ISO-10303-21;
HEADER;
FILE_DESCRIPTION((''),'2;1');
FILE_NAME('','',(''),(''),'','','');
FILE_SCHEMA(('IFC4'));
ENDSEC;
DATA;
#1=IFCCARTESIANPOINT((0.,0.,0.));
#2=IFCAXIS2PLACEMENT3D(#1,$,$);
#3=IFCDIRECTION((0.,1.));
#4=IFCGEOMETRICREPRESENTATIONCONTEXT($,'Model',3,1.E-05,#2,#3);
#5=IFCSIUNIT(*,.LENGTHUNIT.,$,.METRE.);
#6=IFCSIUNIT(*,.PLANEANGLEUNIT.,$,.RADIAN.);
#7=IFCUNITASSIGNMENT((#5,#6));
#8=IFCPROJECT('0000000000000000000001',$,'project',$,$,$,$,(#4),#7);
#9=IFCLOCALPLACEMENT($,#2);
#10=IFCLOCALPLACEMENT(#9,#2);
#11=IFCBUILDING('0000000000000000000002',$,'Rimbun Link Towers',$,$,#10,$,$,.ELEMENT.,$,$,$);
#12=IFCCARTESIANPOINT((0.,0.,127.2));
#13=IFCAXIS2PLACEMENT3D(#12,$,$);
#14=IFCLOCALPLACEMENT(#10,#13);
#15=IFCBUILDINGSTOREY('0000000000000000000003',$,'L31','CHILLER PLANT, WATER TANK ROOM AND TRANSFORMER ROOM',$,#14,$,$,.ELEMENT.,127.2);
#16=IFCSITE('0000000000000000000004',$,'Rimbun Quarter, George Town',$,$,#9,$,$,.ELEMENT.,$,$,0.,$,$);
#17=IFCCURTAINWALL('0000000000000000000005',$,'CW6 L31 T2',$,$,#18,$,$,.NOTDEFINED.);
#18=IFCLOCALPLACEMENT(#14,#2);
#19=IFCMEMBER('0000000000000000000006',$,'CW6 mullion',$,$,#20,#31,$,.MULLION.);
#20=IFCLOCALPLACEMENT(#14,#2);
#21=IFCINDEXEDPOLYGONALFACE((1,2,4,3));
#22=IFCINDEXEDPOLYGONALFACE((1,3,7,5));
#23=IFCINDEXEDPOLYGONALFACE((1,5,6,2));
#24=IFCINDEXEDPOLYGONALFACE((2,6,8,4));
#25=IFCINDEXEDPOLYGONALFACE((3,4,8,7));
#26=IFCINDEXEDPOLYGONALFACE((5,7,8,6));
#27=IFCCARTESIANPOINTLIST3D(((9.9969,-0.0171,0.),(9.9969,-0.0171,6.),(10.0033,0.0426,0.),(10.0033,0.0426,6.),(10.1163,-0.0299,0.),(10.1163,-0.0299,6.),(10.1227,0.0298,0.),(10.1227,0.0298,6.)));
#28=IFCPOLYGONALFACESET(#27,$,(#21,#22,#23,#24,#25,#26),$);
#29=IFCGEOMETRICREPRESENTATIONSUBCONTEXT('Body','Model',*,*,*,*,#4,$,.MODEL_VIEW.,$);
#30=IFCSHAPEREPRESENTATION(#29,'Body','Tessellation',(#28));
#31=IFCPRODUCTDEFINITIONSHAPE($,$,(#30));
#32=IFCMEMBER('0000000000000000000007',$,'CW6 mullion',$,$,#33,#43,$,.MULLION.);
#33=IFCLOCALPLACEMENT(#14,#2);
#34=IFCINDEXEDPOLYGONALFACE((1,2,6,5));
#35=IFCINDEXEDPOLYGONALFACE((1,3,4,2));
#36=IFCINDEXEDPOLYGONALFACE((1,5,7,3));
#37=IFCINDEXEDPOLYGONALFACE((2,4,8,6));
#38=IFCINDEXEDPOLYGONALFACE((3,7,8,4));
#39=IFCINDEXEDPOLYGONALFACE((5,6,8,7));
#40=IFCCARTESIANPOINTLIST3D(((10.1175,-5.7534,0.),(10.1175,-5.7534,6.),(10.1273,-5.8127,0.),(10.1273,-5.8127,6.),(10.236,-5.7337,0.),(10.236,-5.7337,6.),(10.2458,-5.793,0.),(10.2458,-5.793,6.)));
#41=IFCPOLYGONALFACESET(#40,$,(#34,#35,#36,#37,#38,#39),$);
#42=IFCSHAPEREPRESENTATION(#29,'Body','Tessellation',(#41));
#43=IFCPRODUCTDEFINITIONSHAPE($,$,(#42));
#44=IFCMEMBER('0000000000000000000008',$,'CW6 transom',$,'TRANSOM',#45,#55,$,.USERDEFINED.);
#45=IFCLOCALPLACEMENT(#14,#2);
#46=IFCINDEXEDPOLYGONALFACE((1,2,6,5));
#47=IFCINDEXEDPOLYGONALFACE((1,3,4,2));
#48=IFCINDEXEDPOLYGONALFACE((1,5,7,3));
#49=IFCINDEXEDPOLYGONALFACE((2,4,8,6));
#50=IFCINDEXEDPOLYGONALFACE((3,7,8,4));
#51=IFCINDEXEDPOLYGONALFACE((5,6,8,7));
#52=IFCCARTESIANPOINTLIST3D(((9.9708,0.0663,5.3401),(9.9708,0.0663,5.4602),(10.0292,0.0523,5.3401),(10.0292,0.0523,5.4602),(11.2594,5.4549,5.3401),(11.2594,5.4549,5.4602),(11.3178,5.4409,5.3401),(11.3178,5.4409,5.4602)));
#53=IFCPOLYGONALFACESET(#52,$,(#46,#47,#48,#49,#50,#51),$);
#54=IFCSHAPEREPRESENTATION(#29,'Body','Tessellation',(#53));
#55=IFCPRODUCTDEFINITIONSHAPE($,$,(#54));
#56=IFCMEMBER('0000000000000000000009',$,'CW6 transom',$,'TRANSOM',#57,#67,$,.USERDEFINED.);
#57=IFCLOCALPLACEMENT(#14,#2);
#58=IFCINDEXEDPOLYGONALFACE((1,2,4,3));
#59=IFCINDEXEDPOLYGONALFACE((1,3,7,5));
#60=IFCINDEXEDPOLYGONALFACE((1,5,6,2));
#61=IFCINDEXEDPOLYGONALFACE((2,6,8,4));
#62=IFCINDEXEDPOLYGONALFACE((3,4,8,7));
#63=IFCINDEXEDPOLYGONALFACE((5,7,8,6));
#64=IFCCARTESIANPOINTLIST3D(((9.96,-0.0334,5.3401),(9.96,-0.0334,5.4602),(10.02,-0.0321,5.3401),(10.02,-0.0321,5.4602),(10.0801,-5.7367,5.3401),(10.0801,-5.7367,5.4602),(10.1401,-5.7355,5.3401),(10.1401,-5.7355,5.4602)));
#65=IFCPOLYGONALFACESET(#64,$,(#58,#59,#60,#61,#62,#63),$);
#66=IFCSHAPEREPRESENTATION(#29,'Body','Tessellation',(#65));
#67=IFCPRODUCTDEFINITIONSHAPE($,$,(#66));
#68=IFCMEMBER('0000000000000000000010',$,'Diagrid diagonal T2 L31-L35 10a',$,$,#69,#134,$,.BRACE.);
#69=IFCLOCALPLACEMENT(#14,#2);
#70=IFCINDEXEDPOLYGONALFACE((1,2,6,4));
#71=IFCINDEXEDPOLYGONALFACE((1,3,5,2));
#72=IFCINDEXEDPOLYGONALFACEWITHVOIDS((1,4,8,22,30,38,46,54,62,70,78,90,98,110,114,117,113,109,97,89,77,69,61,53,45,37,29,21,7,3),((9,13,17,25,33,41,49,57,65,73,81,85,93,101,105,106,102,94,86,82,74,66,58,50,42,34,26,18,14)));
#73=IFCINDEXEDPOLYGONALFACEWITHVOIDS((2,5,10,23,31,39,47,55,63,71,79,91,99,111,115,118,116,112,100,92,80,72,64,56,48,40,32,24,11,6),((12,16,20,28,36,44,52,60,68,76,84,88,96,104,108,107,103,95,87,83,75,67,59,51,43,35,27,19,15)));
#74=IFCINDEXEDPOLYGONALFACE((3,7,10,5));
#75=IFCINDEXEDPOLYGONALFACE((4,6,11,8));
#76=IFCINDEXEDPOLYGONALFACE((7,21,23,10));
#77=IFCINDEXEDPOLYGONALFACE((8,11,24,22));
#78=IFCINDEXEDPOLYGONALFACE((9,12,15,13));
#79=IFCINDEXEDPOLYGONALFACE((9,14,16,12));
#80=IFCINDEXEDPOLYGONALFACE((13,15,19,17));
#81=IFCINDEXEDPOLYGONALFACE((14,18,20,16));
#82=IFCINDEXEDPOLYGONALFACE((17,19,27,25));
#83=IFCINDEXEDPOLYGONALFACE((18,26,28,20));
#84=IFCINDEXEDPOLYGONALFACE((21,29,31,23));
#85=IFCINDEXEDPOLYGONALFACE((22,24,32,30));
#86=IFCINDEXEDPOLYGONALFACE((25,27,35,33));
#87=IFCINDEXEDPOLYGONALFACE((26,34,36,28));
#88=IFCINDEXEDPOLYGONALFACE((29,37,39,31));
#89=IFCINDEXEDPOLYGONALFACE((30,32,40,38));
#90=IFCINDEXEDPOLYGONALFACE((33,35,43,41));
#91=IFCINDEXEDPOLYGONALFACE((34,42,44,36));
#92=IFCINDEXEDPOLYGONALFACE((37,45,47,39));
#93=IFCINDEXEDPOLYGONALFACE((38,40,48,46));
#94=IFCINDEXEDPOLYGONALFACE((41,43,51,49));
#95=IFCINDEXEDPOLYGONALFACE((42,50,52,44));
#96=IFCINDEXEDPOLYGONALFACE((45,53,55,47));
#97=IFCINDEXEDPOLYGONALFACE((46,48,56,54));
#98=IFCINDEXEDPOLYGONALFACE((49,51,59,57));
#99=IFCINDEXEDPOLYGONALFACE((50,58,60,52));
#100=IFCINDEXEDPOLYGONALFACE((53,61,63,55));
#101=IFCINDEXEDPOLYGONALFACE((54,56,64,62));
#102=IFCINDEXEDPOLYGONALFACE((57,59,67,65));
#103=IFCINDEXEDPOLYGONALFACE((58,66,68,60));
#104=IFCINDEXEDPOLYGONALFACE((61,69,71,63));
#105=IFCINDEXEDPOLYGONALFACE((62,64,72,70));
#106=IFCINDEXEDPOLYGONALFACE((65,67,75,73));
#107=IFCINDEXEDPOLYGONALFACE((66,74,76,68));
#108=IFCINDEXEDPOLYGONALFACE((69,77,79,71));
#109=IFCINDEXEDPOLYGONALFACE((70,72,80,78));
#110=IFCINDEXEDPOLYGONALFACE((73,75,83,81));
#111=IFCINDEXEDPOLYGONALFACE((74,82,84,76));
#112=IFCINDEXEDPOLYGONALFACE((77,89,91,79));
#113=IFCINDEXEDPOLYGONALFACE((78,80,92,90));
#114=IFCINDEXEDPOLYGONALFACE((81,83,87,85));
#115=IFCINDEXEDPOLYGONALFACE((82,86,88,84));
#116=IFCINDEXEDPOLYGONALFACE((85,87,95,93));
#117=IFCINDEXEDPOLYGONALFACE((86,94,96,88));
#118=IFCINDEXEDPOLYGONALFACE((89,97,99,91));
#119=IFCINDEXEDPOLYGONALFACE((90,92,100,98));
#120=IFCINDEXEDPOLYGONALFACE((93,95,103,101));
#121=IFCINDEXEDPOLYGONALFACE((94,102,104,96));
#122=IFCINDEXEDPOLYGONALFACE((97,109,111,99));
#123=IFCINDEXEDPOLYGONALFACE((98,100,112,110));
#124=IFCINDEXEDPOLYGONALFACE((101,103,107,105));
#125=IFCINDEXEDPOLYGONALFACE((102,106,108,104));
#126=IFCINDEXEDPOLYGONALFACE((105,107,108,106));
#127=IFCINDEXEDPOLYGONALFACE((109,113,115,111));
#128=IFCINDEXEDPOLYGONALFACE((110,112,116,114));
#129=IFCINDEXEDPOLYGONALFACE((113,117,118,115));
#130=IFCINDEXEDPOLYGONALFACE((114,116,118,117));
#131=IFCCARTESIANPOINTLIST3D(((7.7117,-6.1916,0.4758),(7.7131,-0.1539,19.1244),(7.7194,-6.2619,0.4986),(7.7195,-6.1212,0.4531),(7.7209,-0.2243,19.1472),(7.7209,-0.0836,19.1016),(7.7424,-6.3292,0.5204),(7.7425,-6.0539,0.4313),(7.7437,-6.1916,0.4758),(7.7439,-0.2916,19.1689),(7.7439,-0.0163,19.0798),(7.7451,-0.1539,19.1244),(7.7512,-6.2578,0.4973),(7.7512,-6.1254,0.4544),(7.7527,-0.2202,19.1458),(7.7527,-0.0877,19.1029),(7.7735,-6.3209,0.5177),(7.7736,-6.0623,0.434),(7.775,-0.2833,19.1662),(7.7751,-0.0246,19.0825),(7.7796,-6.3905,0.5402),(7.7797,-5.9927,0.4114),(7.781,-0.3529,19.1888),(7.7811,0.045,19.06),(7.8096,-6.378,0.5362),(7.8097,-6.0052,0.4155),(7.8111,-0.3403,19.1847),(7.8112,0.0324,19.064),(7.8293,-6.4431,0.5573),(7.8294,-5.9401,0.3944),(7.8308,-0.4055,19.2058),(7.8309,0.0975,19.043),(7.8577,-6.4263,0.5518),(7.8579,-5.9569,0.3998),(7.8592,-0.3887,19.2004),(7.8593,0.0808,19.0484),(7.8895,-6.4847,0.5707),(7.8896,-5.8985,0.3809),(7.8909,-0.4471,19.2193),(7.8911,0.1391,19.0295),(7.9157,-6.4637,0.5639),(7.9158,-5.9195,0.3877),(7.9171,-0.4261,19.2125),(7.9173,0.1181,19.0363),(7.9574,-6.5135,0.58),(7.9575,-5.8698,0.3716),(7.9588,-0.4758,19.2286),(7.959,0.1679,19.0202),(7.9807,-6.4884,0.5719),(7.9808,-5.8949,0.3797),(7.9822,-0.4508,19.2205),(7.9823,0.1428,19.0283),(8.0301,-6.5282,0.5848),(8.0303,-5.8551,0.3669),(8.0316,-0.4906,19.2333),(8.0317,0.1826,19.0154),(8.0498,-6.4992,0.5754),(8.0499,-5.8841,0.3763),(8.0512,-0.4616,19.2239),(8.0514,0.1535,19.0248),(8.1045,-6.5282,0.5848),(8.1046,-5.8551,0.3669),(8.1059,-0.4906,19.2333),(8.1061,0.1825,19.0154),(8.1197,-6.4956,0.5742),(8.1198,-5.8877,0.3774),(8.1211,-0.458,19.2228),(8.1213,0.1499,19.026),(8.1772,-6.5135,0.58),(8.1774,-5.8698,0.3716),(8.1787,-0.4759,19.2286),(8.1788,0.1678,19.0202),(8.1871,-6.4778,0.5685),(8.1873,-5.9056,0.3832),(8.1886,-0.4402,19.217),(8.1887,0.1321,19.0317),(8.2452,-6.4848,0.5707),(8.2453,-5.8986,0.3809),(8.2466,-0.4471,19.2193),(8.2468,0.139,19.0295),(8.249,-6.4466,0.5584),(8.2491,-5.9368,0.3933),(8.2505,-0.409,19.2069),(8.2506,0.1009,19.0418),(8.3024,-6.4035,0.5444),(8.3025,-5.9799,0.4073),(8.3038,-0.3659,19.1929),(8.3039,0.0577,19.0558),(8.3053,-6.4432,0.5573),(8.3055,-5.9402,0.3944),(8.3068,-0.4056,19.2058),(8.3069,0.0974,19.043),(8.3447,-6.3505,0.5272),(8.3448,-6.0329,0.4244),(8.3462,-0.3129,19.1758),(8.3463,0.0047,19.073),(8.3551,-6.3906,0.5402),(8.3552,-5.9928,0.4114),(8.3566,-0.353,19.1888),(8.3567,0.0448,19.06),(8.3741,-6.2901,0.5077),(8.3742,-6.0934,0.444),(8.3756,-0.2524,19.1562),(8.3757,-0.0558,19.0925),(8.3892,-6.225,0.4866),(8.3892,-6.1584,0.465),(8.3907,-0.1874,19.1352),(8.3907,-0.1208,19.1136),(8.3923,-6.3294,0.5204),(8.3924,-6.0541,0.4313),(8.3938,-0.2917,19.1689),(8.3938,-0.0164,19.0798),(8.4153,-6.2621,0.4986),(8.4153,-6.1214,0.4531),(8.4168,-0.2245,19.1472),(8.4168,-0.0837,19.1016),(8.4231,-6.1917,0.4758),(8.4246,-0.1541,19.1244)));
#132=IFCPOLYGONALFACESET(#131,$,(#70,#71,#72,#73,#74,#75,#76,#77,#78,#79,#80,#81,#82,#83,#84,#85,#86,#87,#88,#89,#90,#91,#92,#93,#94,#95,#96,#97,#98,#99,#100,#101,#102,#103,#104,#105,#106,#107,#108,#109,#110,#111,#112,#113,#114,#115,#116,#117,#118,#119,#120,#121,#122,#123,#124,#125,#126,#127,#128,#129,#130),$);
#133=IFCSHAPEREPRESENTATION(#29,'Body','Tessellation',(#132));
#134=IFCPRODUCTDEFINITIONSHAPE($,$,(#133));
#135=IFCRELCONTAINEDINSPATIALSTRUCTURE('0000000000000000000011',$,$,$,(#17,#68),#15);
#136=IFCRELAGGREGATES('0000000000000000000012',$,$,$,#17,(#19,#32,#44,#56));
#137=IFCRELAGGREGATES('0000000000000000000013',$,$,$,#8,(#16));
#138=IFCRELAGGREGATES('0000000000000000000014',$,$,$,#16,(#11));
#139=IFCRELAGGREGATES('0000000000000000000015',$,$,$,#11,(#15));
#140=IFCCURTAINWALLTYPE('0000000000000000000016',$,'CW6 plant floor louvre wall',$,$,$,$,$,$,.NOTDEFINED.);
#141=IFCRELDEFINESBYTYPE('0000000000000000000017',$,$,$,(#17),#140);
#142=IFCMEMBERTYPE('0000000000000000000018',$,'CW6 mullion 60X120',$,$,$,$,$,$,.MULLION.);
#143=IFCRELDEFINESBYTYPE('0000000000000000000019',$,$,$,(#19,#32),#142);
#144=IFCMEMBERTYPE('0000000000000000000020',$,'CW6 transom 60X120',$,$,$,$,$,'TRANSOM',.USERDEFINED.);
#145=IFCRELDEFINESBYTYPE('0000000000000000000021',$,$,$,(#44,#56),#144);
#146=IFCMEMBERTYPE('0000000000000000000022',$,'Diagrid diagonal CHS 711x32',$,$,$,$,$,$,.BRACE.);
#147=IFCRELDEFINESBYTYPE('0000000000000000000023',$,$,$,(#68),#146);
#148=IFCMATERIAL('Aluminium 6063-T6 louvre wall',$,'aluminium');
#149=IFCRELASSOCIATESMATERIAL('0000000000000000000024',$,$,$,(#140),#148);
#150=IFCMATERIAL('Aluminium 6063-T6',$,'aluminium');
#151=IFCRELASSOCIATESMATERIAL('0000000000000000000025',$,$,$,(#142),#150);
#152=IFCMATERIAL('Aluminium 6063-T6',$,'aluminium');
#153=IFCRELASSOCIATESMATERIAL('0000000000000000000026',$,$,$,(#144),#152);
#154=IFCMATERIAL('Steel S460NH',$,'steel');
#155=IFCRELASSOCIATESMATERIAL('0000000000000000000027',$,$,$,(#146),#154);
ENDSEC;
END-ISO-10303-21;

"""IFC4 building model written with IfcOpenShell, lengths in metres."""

from ifc_helpers import new_model, si_unit, direction, frame, origin, origin_2d, place, context, subcontext, project, spatial, rectangle, hollow_circle, extrude, material, material_profile, profile_set, type_object, element, aggregate, save


model = new_model("IFC4")

# Units and contexts
model_context = context("Model", 3, precision=1e-05, world=origin(), true_north=direction((0.0, 1.0)))
body_context = subcontext(model_context, "Body", "Model", "MODEL_VIEW")
ifc_project = project(units=[si_unit("LENGTHUNIT", "METRE"), si_unit("PLANEANGLEUNIT", "RADIAN")], contexts=[model_context])

# Site, building, storey
site_placement = place(None, origin())
site = spatial("IfcSite", under=ifc_project, at=site_placement, Name="Rimbun Quarter, George Town", CompositionType="ELEMENT", RefElevation=0.0)
building_placement = place(site_placement, origin())
building = spatial("IfcBuilding", under=site, at=building_placement, Name="Rimbun Link Towers", CompositionType="ELEMENT")
storey_placement = place(building_placement, frame((0.0, 0.0, 127.2)))
storey = spatial("IfcBuildingStorey", under=building, at=storey_placement, Name="L31", Description="CHILLER PLANT, WATER TANK ROOM AND TRANSFORMER ROOM", CompositionType="ELEMENT", Elevation=127.2)

# Curtain wall, members
ifc_material_1 = material(Name="Aluminium 6063-T6 louvre wall", Category="aluminium")
curtain_wall_type = type_object("IfcCurtainWallType", Name="CW6 plant floor louvre wall", PredefinedType="NOTDEFINED", material=ifc_material_1)
curtain_wall_placement = place(storey_placement, origin())
curtain_wall = element("IfcCurtainWall", 1, at=curtain_wall_placement, inside=storey, type_object=curtain_wall_type, Name="CW6 L31 T2", PredefinedType="NOTDEFINED")
ifc_material_2 = material(Name="Aluminium 6063-T6", Category="aluminium")
ifc_material_profile_1 = material_profile(ifc_material_2, rectangle(XDim=0.1201, YDim=0.0601, at=origin_2d()), Name="MULLION 60X120")
ifc_profile_set_1 = profile_set([ifc_material_profile_1], Name="Aluminium 6063-T6")
member_type_1 = type_object("IfcMemberType", Name="CW6 mullion 60X120", PredefinedType="MULLION", material=ifc_profile_set_1)
member_1_placement = place(storey_placement, frame((10.0598, 0.0063, 0.0), z_axis=(0.0, 0.0, 1.0), x_axis=(-0.994297, 0.106643, 0.0)))
member_1 = element("IfcMember", 2, at=member_1_placement, type_object=member_type_1, Name="CW6 mullion", PredefinedType="MULLION", context=body_context, shape_type="SweptSolid", body=[
    extrude(rectangle(XDim=0.1201, YDim=0.0601, at=origin_2d()), origin(), (0.0, 0.0, 1.0), 6.0),
])
member_2_placement = place(storey_placement, frame((10.1816, -5.7732, 0.0), z_axis=(0.0, 0.0, 1.0), x_axis=(-0.986502, -0.163751, 0.0)))
member_2 = element("IfcMember", 3, at=member_2_placement, type_object=member_type_1, Name="CW6 mullion", PredefinedType="MULLION", context=body_context, shape_type="SweptSolid", body=[
    extrude(rectangle(XDim=0.1201, YDim=0.0601, at=origin_2d()), origin(), (0.0, 0.0, 1.0), 6.0),
])
ifc_material_3 = material(Name="Aluminium 6063-T6", Category="aluminium")
ifc_material_profile_2 = material_profile(ifc_material_3, rectangle(XDim=0.0601, YDim=0.1201, at=origin_2d()), Name="TRANSOM 60X120")
ifc_profile_set_2 = profile_set([ifc_material_profile_2], Name="Aluminium 6063-T6")
member_type_2 = type_object("IfcMemberType", Name="CW6 transom 60X120", ElementType="TRANSOM", PredefinedType="USERDEFINED", material=ifc_profile_set_2)
member_3_placement = place(storey_placement, frame((10.0, 0.0593, 5.4001), z_axis=(0.23257, 0.97258, 0.0), x_axis=(-0.97258, 0.23257, 0.0)))
member_3 = element("IfcMember", 4, at=member_3_placement, type_object=member_type_2, Name="CW6 transom", ObjectType="TRANSOM", PredefinedType="USERDEFINED", context=body_context, shape_type="SweptSolid", body=[
    extrude(rectangle(XDim=0.0601, YDim=0.1201, at=origin_2d()), origin(), (0.0, 0.0, 1.0), 5.5405),
])
member_4_placement = place(storey_placement, frame((10.1101, -5.7361, 5.4001), z_axis=(-0.021056, 0.999778, 0.0), x_axis=(-0.999778, -0.021056, 0.0)))
member_4 = element("IfcMember", 5, at=member_4_placement, type_object=member_type_2, Name="CW6 transom", ObjectType="TRANSOM", PredefinedType="USERDEFINED", context=body_context, shape_type="SweptSolid", body=[
    extrude(rectangle(XDim=0.0601, YDim=0.1201, at=origin_2d()), origin(), (0.0, 0.0, 1.0), 5.7046),
])

# Member
ifc_material_4 = material(Name="Steel S460NH", Category="steel")
ifc_material_profile_3 = material_profile(ifc_material_4, hollow_circle(Radius=0.3557, WallThickness=0.032, at=origin_2d()), Name="Diagrid diagonal CHS 711x32")
ifc_profile_set_3 = profile_set([ifc_material_profile_3], Name="Steel S460NH")
member_type_3 = type_object("IfcMemberType", Name="Diagrid diagonal CHS 711x32", PredefinedType="BRACE", material=ifc_profile_set_3)
member_5_placement = place(storey_placement, frame((8.0674, -6.1917, 0.4758), z_axis=(0.000075, 0.308018, 0.951381), x_axis=(-1.0, 0.000243, 0.0)))
element("IfcMember", 6, at=member_5_placement, inside=storey, type_object=member_type_3, Name="Diagrid diagonal T2 L31-L35 10a", PredefinedType="BRACE", context=body_context, shape_type="SweptSolid", body=[
    extrude(hollow_circle(Radius=0.3557, WallThickness=0.032, at=origin_2d()), origin(), (0.0, 0.0, 1.0), 19.6016),
])

aggregate(curtain_wall, [member_1, member_2, member_3, member_4])

save(model, "model.ifc")
